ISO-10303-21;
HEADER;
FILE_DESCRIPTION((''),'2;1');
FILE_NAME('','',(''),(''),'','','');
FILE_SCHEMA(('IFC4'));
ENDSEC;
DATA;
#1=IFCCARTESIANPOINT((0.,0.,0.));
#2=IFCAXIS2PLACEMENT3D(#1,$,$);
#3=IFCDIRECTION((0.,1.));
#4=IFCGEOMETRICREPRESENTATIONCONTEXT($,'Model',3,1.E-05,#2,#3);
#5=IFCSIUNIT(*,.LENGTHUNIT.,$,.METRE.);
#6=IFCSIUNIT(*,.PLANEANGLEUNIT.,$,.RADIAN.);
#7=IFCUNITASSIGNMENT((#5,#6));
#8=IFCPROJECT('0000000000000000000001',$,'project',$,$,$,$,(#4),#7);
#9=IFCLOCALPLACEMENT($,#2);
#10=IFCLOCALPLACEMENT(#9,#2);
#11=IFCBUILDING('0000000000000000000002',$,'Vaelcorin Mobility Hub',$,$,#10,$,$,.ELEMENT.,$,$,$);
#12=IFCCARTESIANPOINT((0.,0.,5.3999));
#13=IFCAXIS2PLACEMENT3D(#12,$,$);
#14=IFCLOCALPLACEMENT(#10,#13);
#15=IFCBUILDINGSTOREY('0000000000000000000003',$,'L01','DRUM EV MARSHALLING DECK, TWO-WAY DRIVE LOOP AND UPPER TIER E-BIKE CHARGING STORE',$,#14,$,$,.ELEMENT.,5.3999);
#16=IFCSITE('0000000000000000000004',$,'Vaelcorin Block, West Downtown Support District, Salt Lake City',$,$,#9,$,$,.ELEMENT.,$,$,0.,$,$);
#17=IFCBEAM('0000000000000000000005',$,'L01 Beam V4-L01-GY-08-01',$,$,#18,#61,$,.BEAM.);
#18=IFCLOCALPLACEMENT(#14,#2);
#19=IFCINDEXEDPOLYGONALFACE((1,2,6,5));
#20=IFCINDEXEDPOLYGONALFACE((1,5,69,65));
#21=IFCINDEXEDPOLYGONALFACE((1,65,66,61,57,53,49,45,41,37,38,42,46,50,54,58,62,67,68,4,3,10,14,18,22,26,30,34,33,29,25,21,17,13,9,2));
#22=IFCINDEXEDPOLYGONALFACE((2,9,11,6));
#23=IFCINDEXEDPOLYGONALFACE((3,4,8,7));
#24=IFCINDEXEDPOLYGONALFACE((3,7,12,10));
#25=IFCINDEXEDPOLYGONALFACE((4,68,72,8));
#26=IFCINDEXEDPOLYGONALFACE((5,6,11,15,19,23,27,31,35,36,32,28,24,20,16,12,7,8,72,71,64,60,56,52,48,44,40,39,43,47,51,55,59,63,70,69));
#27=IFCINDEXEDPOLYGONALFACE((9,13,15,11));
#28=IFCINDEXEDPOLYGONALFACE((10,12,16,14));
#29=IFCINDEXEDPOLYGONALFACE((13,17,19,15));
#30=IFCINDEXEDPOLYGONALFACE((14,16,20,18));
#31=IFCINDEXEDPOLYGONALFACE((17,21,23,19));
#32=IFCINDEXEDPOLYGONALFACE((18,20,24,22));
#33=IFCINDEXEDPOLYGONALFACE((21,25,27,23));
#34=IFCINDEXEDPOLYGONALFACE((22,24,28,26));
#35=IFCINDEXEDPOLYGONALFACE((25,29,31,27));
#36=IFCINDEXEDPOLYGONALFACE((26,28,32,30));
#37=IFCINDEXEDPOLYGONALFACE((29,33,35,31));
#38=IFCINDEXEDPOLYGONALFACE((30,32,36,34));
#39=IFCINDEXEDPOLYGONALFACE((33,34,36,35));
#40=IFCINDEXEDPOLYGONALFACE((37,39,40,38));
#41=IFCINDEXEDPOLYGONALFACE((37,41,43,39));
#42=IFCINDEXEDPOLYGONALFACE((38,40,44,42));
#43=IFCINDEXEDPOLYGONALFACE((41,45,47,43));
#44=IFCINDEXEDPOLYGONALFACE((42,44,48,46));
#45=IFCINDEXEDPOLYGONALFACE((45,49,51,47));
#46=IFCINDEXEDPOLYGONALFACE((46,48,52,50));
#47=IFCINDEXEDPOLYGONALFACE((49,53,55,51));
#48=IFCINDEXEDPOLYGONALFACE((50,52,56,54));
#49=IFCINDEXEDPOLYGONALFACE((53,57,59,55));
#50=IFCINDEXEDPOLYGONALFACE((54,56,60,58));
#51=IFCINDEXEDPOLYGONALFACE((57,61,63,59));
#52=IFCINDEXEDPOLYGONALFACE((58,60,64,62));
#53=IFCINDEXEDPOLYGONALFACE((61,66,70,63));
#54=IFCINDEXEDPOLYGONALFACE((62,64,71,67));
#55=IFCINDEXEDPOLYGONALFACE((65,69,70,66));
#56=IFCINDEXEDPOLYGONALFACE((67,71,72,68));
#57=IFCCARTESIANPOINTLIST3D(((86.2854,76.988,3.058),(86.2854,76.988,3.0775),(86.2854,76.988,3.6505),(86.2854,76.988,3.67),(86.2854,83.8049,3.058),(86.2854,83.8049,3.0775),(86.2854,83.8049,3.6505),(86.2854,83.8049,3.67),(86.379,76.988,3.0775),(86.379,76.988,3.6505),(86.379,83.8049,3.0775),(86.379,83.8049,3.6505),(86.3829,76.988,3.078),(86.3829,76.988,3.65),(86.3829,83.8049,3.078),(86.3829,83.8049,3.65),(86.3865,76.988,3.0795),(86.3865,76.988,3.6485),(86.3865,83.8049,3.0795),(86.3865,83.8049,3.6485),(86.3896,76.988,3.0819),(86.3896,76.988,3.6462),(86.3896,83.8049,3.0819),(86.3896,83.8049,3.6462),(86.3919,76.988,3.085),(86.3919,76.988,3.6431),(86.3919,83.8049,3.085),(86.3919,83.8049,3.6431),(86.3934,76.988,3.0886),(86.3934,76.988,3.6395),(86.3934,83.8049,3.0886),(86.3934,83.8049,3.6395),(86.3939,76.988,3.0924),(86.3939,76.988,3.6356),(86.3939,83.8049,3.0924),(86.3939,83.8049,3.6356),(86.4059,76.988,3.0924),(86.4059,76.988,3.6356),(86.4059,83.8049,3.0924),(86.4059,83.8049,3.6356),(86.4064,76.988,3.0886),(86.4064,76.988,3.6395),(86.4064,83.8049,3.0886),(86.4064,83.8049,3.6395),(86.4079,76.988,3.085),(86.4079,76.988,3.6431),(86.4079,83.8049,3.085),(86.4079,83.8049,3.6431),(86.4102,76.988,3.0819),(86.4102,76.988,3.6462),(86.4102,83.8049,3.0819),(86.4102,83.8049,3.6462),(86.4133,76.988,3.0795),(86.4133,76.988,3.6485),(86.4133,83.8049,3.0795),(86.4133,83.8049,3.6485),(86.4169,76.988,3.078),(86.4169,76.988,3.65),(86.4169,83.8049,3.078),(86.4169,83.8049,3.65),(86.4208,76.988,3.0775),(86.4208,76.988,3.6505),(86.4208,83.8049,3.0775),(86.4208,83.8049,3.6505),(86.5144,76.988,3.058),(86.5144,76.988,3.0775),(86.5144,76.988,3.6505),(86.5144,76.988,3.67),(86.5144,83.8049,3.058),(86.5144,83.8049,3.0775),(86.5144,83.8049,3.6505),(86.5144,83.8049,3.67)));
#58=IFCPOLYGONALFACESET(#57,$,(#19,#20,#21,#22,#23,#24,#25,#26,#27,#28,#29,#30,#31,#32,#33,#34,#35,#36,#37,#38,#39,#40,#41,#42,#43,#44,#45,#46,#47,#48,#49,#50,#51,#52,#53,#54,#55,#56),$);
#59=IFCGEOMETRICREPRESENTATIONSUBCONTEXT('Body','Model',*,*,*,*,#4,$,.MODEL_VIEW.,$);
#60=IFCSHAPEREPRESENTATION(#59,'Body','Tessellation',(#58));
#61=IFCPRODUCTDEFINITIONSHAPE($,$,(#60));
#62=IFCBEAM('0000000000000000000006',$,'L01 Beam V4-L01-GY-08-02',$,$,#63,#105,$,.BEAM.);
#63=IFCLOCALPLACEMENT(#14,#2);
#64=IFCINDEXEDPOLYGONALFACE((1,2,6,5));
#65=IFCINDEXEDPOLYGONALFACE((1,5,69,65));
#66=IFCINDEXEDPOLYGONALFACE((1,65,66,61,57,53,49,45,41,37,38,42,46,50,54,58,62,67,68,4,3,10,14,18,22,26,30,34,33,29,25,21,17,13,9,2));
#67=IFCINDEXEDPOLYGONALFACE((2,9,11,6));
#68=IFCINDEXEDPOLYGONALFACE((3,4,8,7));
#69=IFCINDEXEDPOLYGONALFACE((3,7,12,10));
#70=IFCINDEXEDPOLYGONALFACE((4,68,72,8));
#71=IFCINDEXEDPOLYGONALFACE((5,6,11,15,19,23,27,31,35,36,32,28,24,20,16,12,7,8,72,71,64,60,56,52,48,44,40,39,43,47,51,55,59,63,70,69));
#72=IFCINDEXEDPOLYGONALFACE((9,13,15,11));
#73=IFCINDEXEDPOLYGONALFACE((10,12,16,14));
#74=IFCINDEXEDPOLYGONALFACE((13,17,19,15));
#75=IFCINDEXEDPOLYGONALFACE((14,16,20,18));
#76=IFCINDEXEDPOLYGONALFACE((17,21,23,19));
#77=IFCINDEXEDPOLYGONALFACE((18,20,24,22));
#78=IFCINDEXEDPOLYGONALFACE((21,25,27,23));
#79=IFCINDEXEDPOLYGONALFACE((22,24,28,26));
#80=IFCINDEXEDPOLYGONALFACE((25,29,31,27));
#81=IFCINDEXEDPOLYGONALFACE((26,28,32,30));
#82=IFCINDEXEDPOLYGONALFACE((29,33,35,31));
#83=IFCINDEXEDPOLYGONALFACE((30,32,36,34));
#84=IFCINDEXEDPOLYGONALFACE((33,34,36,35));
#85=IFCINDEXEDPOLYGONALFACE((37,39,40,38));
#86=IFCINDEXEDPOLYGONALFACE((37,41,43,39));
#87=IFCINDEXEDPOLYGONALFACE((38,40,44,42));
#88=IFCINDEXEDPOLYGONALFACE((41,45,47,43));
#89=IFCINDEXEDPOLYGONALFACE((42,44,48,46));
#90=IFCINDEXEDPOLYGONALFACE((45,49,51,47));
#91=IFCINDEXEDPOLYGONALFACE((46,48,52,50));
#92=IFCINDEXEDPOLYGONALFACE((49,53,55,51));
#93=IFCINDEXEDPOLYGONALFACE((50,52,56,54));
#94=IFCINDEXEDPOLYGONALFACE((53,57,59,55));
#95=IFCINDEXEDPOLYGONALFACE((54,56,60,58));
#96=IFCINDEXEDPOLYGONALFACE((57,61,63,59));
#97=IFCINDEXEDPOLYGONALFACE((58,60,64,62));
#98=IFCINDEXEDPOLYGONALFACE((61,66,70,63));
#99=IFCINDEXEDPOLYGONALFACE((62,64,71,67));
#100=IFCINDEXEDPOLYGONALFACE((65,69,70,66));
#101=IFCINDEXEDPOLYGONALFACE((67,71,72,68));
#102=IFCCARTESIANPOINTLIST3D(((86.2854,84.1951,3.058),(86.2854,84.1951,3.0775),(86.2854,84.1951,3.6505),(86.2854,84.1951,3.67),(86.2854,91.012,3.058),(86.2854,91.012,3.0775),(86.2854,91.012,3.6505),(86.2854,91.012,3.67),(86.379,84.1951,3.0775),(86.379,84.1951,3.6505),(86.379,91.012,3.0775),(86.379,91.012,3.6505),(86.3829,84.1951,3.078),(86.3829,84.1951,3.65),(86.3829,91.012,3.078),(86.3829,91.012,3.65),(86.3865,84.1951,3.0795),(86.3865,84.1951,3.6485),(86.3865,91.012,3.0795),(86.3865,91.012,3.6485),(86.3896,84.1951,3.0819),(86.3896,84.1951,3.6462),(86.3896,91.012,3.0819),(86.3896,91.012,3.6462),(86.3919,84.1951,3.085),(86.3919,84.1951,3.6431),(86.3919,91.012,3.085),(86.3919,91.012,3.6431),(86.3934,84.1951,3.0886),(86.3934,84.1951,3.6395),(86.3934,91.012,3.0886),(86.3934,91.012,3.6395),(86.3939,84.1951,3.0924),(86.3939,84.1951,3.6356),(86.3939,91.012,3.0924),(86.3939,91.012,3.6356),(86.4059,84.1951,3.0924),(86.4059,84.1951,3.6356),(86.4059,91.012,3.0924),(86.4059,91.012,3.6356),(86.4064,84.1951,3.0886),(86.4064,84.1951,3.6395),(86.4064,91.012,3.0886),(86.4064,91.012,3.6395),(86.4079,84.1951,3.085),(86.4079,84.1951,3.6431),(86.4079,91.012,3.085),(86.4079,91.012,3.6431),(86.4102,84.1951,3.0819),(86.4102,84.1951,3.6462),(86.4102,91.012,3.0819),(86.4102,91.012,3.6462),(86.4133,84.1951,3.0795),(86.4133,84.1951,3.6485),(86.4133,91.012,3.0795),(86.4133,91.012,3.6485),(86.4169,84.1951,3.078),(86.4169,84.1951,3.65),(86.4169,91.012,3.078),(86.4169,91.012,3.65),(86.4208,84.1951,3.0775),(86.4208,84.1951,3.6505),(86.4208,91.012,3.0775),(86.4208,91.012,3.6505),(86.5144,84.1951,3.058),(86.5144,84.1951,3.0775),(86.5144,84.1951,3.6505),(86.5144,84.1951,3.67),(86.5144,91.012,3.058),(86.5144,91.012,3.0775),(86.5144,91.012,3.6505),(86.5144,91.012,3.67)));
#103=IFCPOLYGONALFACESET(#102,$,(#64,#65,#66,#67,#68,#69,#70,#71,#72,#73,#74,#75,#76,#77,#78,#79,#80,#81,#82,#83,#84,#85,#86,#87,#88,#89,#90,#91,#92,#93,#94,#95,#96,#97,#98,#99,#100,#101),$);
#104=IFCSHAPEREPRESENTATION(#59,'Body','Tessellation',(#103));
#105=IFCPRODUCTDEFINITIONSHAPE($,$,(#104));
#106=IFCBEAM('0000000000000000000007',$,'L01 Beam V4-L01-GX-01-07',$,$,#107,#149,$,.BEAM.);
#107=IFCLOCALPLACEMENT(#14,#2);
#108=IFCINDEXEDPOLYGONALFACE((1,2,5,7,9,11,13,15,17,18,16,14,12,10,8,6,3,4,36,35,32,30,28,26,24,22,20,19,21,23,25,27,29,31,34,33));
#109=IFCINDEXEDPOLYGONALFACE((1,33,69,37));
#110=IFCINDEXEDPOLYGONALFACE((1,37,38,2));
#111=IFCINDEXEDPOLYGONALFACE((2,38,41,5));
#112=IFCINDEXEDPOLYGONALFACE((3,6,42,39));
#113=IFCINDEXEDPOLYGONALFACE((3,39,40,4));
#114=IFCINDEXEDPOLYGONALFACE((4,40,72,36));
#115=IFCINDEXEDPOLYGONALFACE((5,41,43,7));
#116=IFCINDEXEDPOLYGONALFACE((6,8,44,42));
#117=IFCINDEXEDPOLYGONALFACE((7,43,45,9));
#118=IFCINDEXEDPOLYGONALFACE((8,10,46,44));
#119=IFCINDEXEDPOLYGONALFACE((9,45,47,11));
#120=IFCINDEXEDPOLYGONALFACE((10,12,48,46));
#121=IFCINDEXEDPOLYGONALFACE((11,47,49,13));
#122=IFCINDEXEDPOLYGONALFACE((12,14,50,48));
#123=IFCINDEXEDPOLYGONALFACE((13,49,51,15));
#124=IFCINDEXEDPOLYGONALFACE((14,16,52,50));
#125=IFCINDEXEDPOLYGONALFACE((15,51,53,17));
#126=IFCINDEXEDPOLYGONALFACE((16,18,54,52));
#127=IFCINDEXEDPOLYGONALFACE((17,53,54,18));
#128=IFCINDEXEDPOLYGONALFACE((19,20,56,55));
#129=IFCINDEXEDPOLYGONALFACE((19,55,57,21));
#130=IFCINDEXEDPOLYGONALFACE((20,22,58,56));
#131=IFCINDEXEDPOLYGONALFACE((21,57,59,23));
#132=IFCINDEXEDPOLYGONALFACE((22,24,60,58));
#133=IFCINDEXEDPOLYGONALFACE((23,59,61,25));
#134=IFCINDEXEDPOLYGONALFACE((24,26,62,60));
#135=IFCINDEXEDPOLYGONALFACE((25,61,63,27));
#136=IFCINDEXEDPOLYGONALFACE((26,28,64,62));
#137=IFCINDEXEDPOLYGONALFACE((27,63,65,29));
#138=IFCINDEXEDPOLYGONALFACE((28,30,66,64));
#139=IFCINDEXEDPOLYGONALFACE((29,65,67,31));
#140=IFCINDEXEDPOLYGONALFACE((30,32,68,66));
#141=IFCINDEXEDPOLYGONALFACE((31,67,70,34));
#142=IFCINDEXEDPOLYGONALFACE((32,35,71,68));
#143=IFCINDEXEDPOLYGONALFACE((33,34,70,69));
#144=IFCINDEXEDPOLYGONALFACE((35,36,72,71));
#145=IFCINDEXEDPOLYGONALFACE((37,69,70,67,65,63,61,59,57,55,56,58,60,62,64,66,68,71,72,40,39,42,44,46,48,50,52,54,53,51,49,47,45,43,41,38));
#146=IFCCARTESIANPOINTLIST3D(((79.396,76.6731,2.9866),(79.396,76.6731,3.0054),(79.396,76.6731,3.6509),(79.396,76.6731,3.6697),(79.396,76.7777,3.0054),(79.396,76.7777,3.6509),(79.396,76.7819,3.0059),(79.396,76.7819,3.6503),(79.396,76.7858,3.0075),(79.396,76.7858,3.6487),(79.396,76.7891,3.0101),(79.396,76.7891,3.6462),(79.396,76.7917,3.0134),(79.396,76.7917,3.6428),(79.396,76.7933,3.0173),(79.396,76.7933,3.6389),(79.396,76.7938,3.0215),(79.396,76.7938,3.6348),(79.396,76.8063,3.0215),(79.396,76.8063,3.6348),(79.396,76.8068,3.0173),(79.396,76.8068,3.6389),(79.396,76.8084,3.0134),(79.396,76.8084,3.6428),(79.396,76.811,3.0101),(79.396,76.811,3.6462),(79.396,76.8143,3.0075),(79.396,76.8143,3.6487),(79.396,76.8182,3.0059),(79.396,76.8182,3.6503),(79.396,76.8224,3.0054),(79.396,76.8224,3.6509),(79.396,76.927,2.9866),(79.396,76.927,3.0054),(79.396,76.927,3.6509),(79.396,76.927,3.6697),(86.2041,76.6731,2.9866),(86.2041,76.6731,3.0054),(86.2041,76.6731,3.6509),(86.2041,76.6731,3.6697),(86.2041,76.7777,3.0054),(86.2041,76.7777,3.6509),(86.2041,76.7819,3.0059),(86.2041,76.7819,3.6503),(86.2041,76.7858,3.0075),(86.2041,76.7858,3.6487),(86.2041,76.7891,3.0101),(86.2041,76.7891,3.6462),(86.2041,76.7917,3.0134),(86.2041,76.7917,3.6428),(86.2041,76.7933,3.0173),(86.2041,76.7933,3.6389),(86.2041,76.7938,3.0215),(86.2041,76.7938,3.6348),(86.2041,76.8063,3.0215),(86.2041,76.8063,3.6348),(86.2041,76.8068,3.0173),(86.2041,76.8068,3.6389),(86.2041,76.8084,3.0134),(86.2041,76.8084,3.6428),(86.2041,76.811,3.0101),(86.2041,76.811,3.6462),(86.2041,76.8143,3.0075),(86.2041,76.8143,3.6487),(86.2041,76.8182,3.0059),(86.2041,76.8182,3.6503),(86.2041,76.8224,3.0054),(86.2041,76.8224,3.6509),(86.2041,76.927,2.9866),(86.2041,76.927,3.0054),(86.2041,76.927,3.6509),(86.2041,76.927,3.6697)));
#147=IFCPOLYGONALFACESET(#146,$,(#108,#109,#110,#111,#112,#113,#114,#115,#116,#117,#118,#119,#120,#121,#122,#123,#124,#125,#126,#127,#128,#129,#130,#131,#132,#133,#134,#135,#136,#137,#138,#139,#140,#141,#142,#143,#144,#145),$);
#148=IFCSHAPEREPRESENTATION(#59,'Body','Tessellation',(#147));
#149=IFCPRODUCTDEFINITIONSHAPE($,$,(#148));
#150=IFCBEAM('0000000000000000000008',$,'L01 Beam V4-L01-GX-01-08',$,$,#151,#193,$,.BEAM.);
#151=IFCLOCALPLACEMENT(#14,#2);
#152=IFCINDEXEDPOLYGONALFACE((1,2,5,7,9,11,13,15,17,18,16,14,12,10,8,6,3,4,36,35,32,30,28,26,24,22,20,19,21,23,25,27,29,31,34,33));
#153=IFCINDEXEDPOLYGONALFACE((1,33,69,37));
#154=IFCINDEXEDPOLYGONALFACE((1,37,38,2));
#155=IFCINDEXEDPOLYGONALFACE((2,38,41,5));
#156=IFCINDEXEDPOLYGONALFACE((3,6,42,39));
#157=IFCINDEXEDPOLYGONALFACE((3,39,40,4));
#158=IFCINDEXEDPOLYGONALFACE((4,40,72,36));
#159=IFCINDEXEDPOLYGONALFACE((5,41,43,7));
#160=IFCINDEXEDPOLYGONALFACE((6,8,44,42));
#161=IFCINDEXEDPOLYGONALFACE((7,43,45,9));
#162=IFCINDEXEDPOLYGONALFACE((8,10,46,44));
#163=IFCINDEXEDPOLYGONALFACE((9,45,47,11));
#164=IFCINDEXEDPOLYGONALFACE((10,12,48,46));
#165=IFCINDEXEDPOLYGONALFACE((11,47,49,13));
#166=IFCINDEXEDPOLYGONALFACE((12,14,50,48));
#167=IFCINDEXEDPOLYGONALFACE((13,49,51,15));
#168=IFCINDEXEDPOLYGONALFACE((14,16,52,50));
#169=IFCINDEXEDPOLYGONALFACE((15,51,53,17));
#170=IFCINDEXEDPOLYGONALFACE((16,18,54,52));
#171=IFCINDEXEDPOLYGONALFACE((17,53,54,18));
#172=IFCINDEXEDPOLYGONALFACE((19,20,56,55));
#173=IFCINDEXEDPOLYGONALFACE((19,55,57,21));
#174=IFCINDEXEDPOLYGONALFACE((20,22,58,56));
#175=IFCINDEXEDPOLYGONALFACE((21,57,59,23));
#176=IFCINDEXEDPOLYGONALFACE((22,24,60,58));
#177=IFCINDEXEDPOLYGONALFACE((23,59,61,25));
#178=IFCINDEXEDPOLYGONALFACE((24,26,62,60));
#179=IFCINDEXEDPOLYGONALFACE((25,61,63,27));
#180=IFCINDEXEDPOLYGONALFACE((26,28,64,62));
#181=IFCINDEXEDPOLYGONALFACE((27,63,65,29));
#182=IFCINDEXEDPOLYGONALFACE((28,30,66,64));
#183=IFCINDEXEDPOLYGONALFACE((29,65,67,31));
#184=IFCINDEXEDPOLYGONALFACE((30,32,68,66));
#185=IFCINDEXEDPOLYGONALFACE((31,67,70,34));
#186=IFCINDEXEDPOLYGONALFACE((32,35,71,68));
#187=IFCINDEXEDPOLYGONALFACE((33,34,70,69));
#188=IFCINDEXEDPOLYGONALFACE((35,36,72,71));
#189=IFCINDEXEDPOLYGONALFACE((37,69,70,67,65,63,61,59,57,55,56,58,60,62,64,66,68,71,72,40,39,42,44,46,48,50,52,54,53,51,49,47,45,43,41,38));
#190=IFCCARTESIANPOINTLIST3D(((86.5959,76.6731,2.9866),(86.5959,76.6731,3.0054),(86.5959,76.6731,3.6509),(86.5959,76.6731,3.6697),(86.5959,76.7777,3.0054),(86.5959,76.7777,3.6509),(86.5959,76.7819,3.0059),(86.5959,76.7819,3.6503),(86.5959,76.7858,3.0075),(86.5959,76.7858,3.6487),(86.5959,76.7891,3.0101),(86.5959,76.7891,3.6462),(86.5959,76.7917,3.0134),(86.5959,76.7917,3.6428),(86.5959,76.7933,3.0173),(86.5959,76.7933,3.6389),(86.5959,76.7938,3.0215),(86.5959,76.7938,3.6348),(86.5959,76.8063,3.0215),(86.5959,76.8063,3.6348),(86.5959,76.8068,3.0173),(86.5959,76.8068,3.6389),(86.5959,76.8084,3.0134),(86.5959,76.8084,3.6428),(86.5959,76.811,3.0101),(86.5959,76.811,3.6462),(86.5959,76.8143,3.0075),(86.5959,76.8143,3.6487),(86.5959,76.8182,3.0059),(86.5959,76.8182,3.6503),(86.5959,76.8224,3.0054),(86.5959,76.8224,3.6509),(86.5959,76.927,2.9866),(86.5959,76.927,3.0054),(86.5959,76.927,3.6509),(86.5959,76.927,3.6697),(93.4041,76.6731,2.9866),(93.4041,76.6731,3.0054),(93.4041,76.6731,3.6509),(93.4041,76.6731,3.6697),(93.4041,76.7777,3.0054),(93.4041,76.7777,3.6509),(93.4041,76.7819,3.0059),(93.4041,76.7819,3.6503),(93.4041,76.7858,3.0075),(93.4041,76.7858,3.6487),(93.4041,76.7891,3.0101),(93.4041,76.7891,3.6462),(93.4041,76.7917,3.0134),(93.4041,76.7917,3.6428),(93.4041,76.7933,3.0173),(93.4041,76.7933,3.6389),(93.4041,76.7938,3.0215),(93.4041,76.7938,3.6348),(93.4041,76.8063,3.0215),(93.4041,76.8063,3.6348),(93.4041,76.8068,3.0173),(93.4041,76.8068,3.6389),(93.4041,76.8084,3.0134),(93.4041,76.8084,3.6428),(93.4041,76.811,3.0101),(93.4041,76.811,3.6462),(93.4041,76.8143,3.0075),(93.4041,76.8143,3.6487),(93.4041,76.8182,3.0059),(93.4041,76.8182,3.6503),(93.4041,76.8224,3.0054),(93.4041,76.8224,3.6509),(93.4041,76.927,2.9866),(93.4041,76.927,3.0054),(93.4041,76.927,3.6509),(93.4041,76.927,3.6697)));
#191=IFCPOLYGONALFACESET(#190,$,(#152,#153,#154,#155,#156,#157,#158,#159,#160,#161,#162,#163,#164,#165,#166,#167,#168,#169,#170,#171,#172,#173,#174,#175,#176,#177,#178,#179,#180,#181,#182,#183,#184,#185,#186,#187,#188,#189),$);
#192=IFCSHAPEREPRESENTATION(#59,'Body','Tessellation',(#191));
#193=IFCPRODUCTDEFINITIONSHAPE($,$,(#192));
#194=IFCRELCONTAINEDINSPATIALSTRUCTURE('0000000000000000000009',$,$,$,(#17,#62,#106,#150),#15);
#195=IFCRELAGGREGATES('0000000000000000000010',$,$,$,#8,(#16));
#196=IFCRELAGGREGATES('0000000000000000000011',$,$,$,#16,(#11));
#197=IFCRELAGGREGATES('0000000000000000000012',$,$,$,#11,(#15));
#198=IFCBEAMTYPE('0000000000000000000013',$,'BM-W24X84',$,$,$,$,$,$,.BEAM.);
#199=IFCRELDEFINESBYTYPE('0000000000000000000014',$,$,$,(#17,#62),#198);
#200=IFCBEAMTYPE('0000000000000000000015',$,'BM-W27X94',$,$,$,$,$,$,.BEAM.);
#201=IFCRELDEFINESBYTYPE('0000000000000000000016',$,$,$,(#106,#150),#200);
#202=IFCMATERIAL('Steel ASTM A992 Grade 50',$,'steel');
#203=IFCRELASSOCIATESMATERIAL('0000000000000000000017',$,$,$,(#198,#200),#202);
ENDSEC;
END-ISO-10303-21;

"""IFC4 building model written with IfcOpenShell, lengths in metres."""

from ifc_helpers import new_model, si_unit, direction, frame, origin, origin_2d, place, context, subcontext, project, spatial, i_section, extrude, material, material_profile, profile_set, type_object, element, save


model = new_model("IFC4")

# Units and contexts
model_context = context("Model", 3, precision=1e-05, world=origin(), true_north=direction((0.0, 1.0)))
body_context = subcontext(model_context, "Body", "Model", "MODEL_VIEW")
ifc_project = project(units=[si_unit("LENGTHUNIT", "METRE"), si_unit("PLANEANGLEUNIT", "RADIAN")], contexts=[model_context])

# Site, building, storey
site_placement = place(None, origin())
site = spatial("IfcSite", under=ifc_project, at=site_placement, Name="Vaelcorin Block, West Downtown Support District, Salt Lake City", CompositionType="ELEMENT", RefElevation=0.0)
building_placement = place(site_placement, origin())
building = spatial("IfcBuilding", under=site, at=building_placement, Name="Vaelcorin Mobility Hub", CompositionType="ELEMENT")
storey_placement = place(building_placement, frame((0.0, 0.0, 5.3999)))
storey = spatial("IfcBuildingStorey", under=building, at=storey_placement, Name="L01", Description="DRUM EV MARSHALLING DECK, TWO-WAY DRIVE LOOP AND UPPER TIER E-BIKE CHARGING STORE", CompositionType="ELEMENT", Elevation=5.3999)

# Shared definitions
ifc_material_1 = material(Name="Steel ASTM A992 Grade 50", Category="steel")

# Beams
ifc_material_profile_1 = material_profile(ifc_material_1, i_section(OverallWidth=0.229, OverallDepth=0.6121, WebThickness=0.012, FlangeThickness=0.0195, FilletRadius=0.0149, at=origin_2d()), Name="W24X84")
ifc_profile_set_1 = profile_set([ifc_material_profile_1], Name="Steel ASTM A992 Grade 50")
beam_type_1 = type_object("IfcBeamType", Name="BM-W24X84", PredefinedType="BEAM", material=ifc_profile_set_1)
for number, where, z_axis, x_axis, name in (
    (1, (86.3999, 76.988, 3.364), (0.0, 1.0, 0.0), (-1.0, 0.0, 0.0), "L01 Beam V4-L01-GY-08-01"),
    (2, (86.3999, 84.1951, 3.364), (0.0, 1.0, 0.0), (-1.0, 0.0, 0.0), "L01 Beam V4-L01-GY-08-02"),
):
    element("IfcBeam", number, at=place(storey_placement, frame(where, z_axis=z_axis, x_axis=x_axis)), inside=storey, type_object=beam_type_1, Name=name, PredefinedType="BEAM", context=body_context, shape_type="SweptSolid", body=[
        extrude(i_section(OverallWidth=0.229, OverallDepth=0.6121, WebThickness=0.012, FlangeThickness=0.0195, FilletRadius=0.0149, at=origin_2d()), origin(), (0.0, 0.0, 1.0), 6.8169),
    ])
ifc_material_profile_2 = material_profile(ifc_material_1, i_section(OverallWidth=0.2539, OverallDepth=0.6831, WebThickness=0.0125, FlangeThickness=0.0188, FilletRadius=0.0161, at=origin_2d()), Name="W27X94")
ifc_profile_set_2 = profile_set([ifc_material_profile_2], Name="Steel ASTM A992 Grade 50")
beam_type_2 = type_object("IfcBeamType", Name="BM-W27X94", PredefinedType="BEAM", material=ifc_profile_set_2)
for number, where, z_axis, x_axis, name in (
    (3, (79.396, 76.8, 3.3281), (1.0, 0.0, 0.0), (0.0, 1.0, 0.0), "L01 Beam V4-L01-GX-01-07"),
    (4, (86.5959, 76.8, 3.3281), (1.0, 0.0, 0.0), (0.0, 1.0, 0.0), "L01 Beam V4-L01-GX-01-08"),
):
    element("IfcBeam", number, at=place(storey_placement, frame(where, z_axis=z_axis, x_axis=x_axis)), inside=storey, type_object=beam_type_2, Name=name, PredefinedType="BEAM", context=body_context, shape_type="SweptSolid", body=[
        extrude(i_section(OverallWidth=0.2539, OverallDepth=0.6831, WebThickness=0.0125, FlangeThickness=0.0188, FilletRadius=0.0161, at=origin_2d()), origin(), (0.0, 0.0, 1.0), 6.8081),
    ])

save(model, "model.ifc")
